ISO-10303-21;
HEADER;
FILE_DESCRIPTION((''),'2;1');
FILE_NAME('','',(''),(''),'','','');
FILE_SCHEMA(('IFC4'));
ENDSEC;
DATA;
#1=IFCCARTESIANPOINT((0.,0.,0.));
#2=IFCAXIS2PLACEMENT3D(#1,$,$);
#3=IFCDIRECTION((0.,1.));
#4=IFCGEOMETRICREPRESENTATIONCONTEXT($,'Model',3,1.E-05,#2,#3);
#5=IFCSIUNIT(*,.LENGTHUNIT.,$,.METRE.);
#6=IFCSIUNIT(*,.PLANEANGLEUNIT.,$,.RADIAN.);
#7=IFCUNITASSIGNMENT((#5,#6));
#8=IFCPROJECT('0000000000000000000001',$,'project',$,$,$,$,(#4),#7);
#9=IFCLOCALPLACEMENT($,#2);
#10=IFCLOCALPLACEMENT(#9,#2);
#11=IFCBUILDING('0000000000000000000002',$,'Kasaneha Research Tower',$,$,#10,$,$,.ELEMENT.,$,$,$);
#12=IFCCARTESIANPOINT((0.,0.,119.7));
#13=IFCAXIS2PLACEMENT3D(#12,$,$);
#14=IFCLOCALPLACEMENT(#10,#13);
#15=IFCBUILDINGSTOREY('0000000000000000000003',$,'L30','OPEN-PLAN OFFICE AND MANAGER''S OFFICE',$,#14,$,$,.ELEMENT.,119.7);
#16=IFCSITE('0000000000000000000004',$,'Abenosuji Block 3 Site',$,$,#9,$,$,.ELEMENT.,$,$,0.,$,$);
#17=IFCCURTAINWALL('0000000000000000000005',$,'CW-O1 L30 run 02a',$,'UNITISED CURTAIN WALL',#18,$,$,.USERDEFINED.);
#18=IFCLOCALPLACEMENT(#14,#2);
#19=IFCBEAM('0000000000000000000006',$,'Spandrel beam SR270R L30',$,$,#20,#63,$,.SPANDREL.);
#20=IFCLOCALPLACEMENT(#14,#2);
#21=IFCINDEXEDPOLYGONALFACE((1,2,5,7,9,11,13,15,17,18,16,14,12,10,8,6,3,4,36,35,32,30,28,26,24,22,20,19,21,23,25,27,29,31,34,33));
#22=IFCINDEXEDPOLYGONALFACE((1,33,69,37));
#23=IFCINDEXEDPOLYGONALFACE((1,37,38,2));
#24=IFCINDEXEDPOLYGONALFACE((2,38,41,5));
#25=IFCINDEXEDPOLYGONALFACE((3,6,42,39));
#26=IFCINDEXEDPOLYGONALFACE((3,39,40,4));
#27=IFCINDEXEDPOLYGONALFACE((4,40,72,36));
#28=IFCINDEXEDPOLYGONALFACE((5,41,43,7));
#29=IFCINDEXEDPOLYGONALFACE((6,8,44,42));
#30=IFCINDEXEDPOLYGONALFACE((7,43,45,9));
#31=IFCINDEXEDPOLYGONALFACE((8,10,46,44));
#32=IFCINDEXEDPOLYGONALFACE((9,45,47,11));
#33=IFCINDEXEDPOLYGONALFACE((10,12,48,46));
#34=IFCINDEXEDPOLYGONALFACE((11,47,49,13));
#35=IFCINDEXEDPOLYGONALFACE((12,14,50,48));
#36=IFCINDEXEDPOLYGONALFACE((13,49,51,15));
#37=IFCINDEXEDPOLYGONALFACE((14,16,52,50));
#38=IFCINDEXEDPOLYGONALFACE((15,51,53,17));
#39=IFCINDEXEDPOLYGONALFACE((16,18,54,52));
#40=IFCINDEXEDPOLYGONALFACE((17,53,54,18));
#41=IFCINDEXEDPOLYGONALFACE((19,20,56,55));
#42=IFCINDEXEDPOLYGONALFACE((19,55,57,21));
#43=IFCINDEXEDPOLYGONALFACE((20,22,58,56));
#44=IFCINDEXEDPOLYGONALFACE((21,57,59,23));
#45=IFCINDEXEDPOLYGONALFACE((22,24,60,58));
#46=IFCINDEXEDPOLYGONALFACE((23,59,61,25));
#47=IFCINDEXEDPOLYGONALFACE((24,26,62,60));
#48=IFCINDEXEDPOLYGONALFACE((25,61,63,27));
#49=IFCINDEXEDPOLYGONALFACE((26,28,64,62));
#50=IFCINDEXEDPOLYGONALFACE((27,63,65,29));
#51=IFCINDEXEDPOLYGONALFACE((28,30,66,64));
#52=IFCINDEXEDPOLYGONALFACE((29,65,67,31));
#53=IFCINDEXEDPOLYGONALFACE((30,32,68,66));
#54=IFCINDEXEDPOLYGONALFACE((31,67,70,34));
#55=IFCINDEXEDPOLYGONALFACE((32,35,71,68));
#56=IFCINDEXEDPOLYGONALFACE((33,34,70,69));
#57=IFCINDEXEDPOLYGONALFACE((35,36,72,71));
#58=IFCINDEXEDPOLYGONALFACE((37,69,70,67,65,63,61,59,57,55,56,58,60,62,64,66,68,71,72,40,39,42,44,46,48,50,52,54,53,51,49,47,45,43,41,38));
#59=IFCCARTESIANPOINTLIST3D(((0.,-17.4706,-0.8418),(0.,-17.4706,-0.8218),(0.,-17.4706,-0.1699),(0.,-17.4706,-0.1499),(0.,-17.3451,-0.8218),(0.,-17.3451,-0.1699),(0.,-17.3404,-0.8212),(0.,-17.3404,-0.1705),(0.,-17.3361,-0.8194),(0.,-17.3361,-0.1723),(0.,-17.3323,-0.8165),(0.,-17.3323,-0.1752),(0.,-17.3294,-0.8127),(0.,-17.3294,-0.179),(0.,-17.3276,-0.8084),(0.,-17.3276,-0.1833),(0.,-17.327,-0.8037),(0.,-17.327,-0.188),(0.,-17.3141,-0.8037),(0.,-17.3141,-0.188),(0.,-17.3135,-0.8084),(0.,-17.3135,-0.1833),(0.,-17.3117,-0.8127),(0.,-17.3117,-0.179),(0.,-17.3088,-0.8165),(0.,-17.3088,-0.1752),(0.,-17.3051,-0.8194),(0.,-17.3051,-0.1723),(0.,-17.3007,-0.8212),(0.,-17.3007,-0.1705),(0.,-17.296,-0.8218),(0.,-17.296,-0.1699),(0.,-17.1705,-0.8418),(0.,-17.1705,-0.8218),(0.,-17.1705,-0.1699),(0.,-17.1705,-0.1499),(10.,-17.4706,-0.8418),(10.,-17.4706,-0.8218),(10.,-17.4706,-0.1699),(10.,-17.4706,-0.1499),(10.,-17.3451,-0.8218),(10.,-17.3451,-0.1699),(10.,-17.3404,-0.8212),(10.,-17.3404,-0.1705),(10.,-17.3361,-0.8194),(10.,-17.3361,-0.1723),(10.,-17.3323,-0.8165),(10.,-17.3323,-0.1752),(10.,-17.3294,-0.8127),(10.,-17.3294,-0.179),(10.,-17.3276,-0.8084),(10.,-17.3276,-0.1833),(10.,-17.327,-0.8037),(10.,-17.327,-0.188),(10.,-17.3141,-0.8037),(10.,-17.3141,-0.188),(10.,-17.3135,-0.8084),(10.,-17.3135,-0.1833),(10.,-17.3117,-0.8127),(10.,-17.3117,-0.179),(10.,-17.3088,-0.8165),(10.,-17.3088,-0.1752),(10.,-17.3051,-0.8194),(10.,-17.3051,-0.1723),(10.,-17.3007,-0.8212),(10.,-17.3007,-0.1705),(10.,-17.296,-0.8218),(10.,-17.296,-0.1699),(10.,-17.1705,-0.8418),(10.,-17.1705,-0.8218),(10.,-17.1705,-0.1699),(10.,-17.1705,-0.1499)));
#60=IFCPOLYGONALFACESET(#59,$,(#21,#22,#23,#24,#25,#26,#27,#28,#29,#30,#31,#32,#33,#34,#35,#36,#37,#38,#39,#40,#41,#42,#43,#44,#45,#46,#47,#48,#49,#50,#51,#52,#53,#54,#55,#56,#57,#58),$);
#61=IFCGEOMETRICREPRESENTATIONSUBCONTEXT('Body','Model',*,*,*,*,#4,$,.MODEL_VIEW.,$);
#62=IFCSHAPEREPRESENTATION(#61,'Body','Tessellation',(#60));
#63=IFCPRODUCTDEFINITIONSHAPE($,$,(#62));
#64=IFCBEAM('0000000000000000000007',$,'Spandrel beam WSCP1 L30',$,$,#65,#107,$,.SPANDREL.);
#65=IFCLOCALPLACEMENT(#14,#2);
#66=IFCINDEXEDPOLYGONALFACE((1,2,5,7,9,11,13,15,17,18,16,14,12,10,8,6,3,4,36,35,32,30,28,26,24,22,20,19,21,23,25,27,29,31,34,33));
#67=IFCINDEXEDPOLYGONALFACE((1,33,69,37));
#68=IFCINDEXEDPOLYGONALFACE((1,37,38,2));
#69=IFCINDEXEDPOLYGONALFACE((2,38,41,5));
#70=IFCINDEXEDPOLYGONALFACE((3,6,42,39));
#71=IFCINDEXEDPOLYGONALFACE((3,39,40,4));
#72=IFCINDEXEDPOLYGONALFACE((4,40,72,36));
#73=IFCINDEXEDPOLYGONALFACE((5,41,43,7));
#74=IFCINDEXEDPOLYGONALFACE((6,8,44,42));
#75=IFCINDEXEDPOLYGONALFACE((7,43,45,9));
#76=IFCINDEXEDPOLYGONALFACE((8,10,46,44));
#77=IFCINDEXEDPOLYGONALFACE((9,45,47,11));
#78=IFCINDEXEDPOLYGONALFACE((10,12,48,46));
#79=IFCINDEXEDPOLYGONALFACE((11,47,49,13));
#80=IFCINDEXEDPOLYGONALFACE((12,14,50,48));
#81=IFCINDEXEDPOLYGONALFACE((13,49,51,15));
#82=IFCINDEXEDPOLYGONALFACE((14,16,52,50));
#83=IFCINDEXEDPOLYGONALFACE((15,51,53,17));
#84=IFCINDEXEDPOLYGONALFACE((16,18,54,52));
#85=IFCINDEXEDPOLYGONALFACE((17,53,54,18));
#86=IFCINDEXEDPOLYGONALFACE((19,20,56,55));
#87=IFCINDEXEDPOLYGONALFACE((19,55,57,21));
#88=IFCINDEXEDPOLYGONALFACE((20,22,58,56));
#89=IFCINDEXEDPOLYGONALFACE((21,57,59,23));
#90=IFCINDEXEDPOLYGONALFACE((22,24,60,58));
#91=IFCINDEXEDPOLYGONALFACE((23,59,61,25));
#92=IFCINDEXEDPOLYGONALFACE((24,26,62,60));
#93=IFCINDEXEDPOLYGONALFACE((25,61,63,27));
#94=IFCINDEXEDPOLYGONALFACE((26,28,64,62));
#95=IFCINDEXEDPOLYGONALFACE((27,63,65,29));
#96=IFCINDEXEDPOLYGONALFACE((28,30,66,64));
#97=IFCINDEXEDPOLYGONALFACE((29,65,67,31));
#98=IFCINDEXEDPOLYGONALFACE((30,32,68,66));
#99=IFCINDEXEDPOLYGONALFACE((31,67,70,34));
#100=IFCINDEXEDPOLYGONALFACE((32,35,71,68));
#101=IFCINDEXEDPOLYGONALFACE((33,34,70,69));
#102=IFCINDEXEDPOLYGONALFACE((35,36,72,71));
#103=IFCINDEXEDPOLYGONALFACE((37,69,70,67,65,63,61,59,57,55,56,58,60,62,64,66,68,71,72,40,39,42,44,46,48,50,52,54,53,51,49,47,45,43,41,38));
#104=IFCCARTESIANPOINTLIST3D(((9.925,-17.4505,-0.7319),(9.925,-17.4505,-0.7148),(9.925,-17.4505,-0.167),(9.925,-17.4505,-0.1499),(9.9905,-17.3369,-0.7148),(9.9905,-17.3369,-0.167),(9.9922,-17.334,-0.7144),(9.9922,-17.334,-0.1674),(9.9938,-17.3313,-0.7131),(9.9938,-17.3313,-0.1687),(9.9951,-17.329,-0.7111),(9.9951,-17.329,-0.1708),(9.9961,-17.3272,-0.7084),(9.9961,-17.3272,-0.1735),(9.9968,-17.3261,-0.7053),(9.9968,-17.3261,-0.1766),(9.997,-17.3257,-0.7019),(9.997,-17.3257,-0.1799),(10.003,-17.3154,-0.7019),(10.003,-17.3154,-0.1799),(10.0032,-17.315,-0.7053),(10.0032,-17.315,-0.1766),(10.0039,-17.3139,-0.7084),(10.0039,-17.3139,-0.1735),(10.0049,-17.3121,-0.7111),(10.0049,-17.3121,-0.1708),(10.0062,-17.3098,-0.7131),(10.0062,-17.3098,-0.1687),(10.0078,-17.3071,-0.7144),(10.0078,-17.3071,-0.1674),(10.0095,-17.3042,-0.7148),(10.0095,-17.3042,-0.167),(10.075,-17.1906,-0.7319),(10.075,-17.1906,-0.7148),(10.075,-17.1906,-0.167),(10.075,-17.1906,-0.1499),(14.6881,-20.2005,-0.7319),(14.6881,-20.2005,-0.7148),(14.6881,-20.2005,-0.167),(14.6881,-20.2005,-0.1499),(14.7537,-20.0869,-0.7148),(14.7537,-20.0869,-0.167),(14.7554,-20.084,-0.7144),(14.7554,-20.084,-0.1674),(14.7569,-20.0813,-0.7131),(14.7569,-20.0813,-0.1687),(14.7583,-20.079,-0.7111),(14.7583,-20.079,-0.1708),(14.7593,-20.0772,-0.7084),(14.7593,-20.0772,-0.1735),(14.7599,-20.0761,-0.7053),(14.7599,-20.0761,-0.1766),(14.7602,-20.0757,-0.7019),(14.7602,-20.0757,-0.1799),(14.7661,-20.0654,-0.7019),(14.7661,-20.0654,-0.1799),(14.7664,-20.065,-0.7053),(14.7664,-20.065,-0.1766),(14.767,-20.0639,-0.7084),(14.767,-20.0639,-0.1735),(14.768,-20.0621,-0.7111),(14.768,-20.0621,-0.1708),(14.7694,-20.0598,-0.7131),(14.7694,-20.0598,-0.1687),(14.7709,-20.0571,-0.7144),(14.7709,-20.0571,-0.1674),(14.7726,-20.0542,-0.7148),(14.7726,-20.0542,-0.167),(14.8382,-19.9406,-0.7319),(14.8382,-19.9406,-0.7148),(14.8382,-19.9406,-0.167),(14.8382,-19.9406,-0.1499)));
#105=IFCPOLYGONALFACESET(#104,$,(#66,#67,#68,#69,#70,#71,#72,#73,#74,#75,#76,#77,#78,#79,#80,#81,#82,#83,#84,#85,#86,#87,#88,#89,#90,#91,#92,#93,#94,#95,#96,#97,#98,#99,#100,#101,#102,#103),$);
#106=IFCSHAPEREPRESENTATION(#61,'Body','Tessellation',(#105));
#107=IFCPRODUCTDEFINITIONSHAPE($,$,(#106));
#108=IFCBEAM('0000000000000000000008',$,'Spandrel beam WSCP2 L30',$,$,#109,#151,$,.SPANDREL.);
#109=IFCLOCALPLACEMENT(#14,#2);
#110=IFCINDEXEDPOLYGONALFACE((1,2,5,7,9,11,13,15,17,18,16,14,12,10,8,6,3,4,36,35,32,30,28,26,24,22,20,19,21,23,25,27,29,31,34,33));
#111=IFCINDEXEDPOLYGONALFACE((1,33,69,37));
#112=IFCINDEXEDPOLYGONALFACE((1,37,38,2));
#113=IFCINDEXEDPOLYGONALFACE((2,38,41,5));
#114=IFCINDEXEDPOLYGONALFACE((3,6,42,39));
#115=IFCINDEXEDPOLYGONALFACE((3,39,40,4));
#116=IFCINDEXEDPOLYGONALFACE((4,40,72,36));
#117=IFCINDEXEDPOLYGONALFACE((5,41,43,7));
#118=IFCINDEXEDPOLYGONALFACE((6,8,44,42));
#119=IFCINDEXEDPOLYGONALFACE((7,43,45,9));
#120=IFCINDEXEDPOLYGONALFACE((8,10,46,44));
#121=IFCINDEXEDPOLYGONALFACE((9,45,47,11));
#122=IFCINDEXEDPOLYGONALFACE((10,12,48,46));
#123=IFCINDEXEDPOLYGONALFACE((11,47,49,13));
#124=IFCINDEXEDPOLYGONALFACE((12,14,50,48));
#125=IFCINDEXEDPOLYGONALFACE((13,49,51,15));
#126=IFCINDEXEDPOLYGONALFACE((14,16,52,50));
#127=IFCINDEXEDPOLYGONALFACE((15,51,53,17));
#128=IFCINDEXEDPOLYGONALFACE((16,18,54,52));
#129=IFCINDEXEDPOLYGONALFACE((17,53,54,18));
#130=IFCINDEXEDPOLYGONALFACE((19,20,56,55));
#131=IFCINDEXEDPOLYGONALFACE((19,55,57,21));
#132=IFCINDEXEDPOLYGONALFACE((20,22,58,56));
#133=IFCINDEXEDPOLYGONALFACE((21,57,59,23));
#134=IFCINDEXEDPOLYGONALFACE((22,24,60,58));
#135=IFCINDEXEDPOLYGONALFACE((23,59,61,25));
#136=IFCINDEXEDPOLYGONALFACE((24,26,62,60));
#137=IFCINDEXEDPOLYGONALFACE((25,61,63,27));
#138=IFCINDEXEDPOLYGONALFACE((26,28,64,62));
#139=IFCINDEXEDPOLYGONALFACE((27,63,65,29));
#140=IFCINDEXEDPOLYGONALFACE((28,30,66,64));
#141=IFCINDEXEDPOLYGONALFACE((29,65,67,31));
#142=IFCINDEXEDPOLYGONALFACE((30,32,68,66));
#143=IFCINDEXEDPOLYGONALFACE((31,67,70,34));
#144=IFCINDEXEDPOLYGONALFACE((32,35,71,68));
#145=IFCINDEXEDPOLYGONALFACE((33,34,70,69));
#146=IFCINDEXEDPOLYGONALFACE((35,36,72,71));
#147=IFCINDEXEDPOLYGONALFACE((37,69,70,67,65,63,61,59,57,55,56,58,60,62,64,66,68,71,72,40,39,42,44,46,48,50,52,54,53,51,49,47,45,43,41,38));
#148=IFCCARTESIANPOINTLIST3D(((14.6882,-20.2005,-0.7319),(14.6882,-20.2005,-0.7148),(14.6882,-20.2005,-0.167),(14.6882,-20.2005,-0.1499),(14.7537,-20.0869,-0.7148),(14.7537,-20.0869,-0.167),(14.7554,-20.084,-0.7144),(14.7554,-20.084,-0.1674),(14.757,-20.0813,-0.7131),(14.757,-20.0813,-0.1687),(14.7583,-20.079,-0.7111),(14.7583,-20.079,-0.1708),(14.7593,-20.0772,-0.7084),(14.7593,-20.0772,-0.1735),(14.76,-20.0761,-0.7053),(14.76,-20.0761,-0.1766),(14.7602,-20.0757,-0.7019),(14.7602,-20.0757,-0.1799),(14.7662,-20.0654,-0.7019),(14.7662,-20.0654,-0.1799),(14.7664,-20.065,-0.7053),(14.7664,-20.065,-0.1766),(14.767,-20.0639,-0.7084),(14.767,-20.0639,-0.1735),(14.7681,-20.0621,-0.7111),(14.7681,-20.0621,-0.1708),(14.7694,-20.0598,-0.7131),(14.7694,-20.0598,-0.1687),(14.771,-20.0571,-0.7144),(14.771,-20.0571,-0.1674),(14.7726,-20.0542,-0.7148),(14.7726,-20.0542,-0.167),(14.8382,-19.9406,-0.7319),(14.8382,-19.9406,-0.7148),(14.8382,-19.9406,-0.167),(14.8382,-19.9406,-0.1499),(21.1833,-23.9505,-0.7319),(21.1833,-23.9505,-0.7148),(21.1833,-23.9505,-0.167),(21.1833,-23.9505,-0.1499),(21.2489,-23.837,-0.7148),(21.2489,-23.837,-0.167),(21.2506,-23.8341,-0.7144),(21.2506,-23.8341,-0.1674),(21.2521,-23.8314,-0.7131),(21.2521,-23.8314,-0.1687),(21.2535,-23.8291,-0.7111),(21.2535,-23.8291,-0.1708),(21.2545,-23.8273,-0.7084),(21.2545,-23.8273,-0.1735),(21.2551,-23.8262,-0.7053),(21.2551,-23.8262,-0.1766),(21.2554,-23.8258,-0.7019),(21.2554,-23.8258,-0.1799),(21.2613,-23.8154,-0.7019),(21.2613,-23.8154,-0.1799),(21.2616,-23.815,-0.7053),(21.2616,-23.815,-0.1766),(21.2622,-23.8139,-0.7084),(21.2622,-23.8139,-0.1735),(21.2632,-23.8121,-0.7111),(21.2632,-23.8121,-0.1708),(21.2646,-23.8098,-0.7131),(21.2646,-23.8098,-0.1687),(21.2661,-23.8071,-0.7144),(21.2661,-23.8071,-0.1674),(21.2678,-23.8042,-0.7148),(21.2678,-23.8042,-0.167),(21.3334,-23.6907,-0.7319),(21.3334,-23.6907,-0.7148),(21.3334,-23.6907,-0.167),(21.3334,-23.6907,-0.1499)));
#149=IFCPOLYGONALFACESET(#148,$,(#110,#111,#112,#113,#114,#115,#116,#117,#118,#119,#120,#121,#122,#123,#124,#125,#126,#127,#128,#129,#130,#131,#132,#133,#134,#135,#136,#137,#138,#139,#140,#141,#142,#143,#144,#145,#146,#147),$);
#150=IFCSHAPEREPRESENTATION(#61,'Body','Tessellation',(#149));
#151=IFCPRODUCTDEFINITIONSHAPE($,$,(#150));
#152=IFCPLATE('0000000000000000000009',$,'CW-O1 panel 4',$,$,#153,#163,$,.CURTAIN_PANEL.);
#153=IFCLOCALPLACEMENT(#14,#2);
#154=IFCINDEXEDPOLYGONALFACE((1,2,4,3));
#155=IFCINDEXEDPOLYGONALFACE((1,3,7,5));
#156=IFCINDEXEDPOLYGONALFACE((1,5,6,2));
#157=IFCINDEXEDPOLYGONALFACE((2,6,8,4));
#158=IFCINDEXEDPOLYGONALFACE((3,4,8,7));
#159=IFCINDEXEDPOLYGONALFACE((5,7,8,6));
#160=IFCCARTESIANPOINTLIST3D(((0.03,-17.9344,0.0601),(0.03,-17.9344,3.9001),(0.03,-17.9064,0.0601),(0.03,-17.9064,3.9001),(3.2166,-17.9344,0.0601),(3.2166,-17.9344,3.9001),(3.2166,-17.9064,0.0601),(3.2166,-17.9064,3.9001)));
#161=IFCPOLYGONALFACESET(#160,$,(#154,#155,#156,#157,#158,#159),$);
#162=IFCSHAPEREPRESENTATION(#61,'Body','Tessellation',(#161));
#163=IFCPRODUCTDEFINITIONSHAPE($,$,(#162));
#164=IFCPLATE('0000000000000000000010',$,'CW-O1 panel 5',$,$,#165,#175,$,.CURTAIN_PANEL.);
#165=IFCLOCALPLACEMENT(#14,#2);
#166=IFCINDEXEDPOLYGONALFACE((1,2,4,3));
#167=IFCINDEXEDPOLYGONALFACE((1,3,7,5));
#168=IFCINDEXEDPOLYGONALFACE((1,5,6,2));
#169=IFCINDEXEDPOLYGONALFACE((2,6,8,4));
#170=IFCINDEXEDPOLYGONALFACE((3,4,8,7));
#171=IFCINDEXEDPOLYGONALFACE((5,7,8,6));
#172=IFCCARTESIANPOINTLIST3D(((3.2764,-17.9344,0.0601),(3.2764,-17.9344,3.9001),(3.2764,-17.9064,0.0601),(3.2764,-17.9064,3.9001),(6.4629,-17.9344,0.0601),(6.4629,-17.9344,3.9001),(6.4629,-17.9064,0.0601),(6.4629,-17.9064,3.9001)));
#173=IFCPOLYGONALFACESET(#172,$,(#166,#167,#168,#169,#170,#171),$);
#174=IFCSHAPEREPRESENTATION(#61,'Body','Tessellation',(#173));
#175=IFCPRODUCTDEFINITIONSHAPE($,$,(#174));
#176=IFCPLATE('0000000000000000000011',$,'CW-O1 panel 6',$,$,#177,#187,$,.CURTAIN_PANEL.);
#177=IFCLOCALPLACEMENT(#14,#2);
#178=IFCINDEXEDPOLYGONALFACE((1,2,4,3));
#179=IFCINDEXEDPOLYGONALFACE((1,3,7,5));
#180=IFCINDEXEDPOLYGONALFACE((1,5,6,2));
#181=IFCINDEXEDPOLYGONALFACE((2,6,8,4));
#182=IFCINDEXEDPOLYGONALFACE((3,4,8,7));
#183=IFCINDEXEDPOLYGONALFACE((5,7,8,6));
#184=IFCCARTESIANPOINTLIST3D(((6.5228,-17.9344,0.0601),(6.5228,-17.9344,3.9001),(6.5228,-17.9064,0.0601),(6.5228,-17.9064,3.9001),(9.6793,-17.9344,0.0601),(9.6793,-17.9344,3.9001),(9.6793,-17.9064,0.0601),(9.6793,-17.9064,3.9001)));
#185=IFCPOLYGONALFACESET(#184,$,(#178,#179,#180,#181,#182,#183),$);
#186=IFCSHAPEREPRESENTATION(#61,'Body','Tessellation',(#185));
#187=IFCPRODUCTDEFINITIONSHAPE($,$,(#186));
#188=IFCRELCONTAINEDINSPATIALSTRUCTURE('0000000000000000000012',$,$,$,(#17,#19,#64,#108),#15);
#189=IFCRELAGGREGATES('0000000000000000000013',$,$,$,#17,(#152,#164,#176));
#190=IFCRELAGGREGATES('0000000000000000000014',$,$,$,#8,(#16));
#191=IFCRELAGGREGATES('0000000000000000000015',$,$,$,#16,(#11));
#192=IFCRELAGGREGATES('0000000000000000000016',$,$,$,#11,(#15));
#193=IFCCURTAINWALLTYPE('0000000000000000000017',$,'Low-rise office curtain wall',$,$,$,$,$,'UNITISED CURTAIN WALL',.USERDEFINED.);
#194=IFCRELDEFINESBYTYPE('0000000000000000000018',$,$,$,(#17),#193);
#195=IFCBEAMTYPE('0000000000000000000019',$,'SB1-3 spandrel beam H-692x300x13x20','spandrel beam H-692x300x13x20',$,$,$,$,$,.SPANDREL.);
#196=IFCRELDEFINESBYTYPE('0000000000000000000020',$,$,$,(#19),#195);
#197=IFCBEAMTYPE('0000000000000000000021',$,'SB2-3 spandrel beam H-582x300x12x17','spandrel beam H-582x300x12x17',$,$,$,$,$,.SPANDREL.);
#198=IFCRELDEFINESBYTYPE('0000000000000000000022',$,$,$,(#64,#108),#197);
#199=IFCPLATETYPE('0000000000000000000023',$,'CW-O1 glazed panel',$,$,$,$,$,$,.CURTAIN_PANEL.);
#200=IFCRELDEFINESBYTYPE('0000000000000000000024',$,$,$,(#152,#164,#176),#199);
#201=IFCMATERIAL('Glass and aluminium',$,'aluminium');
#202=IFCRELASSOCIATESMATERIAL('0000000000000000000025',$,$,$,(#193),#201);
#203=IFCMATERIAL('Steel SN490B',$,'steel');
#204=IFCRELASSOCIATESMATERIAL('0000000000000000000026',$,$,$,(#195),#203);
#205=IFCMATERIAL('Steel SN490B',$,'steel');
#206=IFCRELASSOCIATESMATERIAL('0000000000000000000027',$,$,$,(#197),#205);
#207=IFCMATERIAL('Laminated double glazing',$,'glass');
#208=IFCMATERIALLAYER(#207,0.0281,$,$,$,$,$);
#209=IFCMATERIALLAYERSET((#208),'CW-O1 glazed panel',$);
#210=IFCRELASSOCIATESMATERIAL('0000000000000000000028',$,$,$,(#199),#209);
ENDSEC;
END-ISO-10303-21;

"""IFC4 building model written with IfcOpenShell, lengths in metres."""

from ifc_helpers import new_model, si_unit, direction, frame, origin, origin_2d, place, context, subcontext, project, spatial, rectangle, i_section, extrude, material, layer, layer_set, material_profile, profile_set, type_object, element, aggregate, save


model = new_model("IFC4")

# Units and contexts
model_context = context("Model", 3, precision=1e-05, world=origin(), true_north=direction((0.0, 1.0)))
body_context = subcontext(model_context, "Body", "Model", "MODEL_VIEW")
ifc_project = project(units=[si_unit("LENGTHUNIT", "METRE"), si_unit("PLANEANGLEUNIT", "RADIAN")], contexts=[model_context])

# Site, building, storey
site_placement = place(None, origin())
site = spatial("IfcSite", under=ifc_project, at=site_placement, Name="Abenosuji Block 3 Site", CompositionType="ELEMENT", RefElevation=0.0)
building_placement = place(site_placement, origin())
building = spatial("IfcBuilding", under=site, at=building_placement, Name="Kasaneha Research Tower", CompositionType="ELEMENT")
storey_placement = place(building_placement, frame((0.0, 0.0, 119.7)))
storey = spatial("IfcBuildingStorey", under=building, at=storey_placement, Name="L30", Description="OPEN-PLAN OFFICE AND MANAGER'S OFFICE", CompositionType="ELEMENT", Elevation=119.7)

# Curtain wall
ifc_material_1 = material(Name="Glass and aluminium", Category="aluminium")
curtain_wall_type = type_object("IfcCurtainWallType", Name="Low-rise office curtain wall", ElementType="UNITISED CURTAIN WALL", PredefinedType="USERDEFINED", material=ifc_material_1)
curtain_wall_1_placement = place(storey_placement, origin())
curtain_wall_1 = element("IfcCurtainWall", 1, at=curtain_wall_1_placement, inside=storey, type_object=curtain_wall_type, Name="CW-O1 L30 run 02a", ObjectType="UNITISED CURTAIN WALL", PredefinedType="USERDEFINED")

# Beams
ifc_material_2 = material(Name="Steel SN490B", Category="steel")
ifc_material_profile_1 = material_profile(ifc_material_2, i_section(OverallWidth=0.3, OverallDepth=0.6919, WebThickness=0.0129, FlangeThickness=0.02, FilletRadius=0.0181, at=origin_2d()), Name="H-692x300x13x20")
ifc_profile_set_1 = profile_set([ifc_material_profile_1], Name="Steel SN490B")
beam_type_1 = type_object("IfcBeamType", Name="SB1-3 spandrel beam H-692x300x13x20", Description="spandrel beam H-692x300x13x20", PredefinedType="SPANDREL", material=ifc_profile_set_1)
beam_1_placement = place(storey_placement, frame((10.0, -17.3206, -0.4958), z_axis=(-1.0, 0.0, 0.0), x_axis=(0.0, -1.0, 0.0)))
element("IfcBeam", 2, at=beam_1_placement, inside=storey, type_object=beam_type_1, Name="Spandrel beam SR270R L30", PredefinedType="SPANDREL", context=body_context, shape_type="SweptSolid", body=[
    extrude(i_section(OverallWidth=0.3, OverallDepth=0.6919, WebThickness=0.0129, FlangeThickness=0.02, FilletRadius=0.0181, at=origin_2d()), origin(), (0.0, 0.0, 1.0), 10.0),
])
ifc_material_3 = material(Name="Steel SN490B", Category="steel")
ifc_material_profile_2 = material_profile(ifc_material_3, i_section(OverallWidth=0.3, OverallDepth=0.582, WebThickness=0.012, FlangeThickness=0.0171, FilletRadius=0.0129, at=origin_2d()), Name="H-582x300x12x17")
ifc_profile_set_2 = profile_set([ifc_material_profile_2], Name="Steel SN490B")
beam_type_2 = type_object("IfcBeamType", Name="SB2-3 spandrel beam H-582x300x12x17", Description="spandrel beam H-582x300x12x17", PredefinedType="SPANDREL", material=ifc_profile_set_2)
beam_2_placement = place(storey_placement, frame((10.0, -17.3206, -0.4409), z_axis=(0.866027, -0.499997, 0.0), x_axis=(0.499997, 0.866027, 0.0)))
element("IfcBeam", 3, at=beam_2_placement, inside=storey, type_object=beam_type_2, Name="Spandrel beam WSCP1 L30", PredefinedType="SPANDREL", context=body_context, shape_type="SweptSolid", body=[
    extrude(i_section(OverallWidth=0.3, OverallDepth=0.582, WebThickness=0.012, FlangeThickness=0.0171, FilletRadius=0.0129, at=origin_2d()), origin(), (0.0, 0.0, 1.0), 5.5),
])
beam_3_placement = place(storey_placement, frame((14.7632, -20.0706, -0.4409), z_axis=(0.866023, -0.500004, 0.0), x_axis=(0.500004, 0.866023, 0.0)))
element("IfcBeam", 4, at=beam_3_placement, inside=storey, type_object=beam_type_2, Name="Spandrel beam WSCP2 L30", PredefinedType="SPANDREL", context=body_context, shape_type="SweptSolid", body=[
    extrude(i_section(OverallWidth=0.3, OverallDepth=0.582, WebThickness=0.012, FlangeThickness=0.0171, FilletRadius=0.0129, at=origin_2d()), origin(), (0.0, 0.0, 1.0), 7.5),
])

# Plates
ifc_material_4 = material(Name="Laminated double glazing", Category="glass")
ifc_layer_1 = layer(ifc_material_4, 0.0281)
ifc_layer_set_1 = layer_set([ifc_layer_1], Name="CW-O1 glazed panel")
plate_type = type_object("IfcPlateType", Name="CW-O1 glazed panel", PredefinedType="CURTAIN_PANEL", material=ifc_layer_set_1)
plate_1_placement = place(storey_placement, frame((1.6233, -17.9204, 0.0601), z_axis=(0.0, 0.0, 1.0), x_axis=(1.0, 0.0, 0.0)))
plate_1 = element("IfcPlate", 5, at=plate_1_placement, type_object=plate_type, Name="CW-O1 panel 4", PredefinedType="CURTAIN_PANEL", context=body_context, shape_type="SweptSolid", body=[
    extrude(rectangle(XDim=3.1865, YDim=0.0281, at=origin_2d()), origin(), (0.0, 0.0, 1.0), 3.8401),
])
plate_2_placement = place(storey_placement, frame((4.8696, -17.9204, 0.0601), z_axis=(0.0, 0.0, 1.0), x_axis=(1.0, 0.0, 0.0)))
plate_2 = element("IfcPlate", 6, at=plate_2_placement, type_object=plate_type, Name="CW-O1 panel 5", PredefinedType="CURTAIN_PANEL", context=body_context, shape_type="SweptSolid", body=[
    extrude(rectangle(XDim=3.1865, YDim=0.0281, at=origin_2d()), origin(), (0.0, 0.0, 1.0), 3.8401),
])
plate_3_placement = place(storey_placement, frame((8.1011, -17.9204, 0.0601), z_axis=(0.0, 0.0, 1.0), x_axis=(1.0, 0.0, 0.0)))
plate_3 = element("IfcPlate", 7, at=plate_3_placement, type_object=plate_type, Name="CW-O1 panel 6", PredefinedType="CURTAIN_PANEL", context=body_context, shape_type="SweptSolid", body=[
    extrude(rectangle(XDim=3.1565, YDim=0.0281, at=origin_2d()), origin(), (0.0, 0.0, 1.0), 3.8401),
])
aggregate(curtain_wall_1, [plate_1, plate_2, plate_3])

save(model, "model.ifc")
